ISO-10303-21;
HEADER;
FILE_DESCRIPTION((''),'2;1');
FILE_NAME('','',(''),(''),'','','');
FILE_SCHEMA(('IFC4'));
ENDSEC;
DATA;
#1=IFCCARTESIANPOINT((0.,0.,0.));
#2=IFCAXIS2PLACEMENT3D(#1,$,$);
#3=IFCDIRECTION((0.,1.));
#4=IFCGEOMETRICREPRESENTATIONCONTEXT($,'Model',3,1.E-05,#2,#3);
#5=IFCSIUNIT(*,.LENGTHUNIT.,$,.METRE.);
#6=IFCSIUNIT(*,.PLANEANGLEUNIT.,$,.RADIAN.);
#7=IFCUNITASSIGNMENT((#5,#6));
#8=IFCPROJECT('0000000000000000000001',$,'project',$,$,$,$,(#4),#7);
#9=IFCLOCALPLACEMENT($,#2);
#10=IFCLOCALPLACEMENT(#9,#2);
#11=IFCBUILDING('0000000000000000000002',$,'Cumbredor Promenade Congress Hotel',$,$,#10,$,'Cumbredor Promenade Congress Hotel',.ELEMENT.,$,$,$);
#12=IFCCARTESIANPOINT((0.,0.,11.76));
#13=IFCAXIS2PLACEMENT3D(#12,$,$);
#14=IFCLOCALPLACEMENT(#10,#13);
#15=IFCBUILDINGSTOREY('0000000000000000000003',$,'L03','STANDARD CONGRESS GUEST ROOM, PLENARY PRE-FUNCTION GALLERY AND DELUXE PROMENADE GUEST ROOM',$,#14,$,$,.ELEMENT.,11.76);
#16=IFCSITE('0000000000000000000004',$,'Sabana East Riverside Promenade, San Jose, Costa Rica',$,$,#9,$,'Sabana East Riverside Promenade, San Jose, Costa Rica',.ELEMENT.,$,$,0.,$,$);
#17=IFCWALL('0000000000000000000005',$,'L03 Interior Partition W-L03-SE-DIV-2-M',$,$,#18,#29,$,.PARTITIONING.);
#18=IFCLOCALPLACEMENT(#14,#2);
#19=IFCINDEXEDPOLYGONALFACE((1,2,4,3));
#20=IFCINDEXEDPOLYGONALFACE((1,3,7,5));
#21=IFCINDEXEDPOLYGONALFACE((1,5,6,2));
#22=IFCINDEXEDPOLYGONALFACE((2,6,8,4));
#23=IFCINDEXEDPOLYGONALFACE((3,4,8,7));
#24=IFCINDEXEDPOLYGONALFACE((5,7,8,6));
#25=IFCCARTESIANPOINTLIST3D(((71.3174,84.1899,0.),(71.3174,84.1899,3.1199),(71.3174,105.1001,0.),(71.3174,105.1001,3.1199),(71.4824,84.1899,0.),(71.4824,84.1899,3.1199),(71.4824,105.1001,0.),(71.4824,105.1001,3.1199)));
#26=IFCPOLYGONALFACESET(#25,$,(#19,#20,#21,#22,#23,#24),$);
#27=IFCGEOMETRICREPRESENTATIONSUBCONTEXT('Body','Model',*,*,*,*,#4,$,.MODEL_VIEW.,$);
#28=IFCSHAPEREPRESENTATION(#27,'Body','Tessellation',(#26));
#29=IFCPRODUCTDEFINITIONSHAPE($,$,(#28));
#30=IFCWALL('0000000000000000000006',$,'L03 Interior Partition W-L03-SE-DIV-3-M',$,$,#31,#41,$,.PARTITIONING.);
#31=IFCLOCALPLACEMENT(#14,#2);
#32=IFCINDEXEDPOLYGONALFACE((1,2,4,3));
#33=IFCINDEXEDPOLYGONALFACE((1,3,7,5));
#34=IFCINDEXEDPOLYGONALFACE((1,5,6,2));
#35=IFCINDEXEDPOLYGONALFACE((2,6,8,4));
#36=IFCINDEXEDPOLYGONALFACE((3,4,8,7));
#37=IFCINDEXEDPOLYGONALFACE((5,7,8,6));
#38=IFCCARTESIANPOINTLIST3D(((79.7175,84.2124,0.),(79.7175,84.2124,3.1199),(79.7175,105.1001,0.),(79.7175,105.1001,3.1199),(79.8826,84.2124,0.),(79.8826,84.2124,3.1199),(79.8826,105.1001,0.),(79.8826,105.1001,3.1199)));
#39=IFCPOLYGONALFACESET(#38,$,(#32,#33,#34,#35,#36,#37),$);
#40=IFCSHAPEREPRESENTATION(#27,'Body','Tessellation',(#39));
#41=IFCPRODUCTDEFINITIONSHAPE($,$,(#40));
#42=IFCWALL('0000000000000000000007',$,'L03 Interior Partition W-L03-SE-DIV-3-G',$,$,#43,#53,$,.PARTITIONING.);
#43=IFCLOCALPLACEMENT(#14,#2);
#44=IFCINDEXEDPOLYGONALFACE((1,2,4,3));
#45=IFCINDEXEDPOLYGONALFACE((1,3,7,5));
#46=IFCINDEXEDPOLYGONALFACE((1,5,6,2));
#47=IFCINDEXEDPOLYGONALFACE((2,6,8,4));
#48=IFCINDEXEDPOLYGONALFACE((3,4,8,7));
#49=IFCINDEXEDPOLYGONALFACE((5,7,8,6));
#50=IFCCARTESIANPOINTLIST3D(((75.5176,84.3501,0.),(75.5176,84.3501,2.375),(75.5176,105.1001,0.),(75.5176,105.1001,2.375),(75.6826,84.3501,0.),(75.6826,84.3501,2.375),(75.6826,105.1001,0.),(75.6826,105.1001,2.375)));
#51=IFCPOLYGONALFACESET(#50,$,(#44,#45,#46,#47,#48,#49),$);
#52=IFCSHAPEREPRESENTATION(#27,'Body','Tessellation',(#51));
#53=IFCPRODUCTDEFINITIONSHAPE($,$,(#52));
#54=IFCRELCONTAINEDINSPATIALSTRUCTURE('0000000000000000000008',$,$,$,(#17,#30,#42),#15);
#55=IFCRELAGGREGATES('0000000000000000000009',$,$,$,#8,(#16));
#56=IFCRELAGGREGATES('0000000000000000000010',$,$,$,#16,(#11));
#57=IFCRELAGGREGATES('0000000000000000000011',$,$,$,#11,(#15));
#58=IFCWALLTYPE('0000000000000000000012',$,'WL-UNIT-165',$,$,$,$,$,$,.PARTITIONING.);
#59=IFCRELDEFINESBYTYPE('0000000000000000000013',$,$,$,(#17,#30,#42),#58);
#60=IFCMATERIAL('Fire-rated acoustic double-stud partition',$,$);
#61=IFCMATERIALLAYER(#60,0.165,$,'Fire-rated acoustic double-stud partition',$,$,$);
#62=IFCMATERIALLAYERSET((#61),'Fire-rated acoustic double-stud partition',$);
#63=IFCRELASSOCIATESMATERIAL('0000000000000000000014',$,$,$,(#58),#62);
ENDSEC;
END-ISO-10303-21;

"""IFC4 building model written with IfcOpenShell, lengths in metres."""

from ifc_helpers import new_model, si_unit, direction, frame, frame_2d, origin, place, context, subcontext, project, spatial, rectangle, extrude, material, layer, layer_set, type_object, element, save


model = new_model("IFC4")

# Units and contexts
model_context = context("Model", 3, precision=1e-05, world=origin(), true_north=direction((0.0, 1.0)))
body_context = subcontext(model_context, "Body", "Model", "MODEL_VIEW")
ifc_project = project(units=[si_unit("LENGTHUNIT", "METRE"), si_unit("PLANEANGLEUNIT", "RADIAN")], contexts=[model_context])

# Site, building, storey
site_placement = place(None, origin())
site = spatial("IfcSite", under=ifc_project, at=site_placement, Name="Sabana East Riverside Promenade, San Jose, Costa Rica", LongName="Sabana East Riverside Promenade, San Jose, Costa Rica", CompositionType="ELEMENT", RefElevation=0.0)
building_placement = place(site_placement, origin())
building = spatial("IfcBuilding", under=site, at=building_placement, Name="Cumbredor Promenade Congress Hotel", LongName="Cumbredor Promenade Congress Hotel", CompositionType="ELEMENT")
storey_placement = place(building_placement, frame((0.0, 0.0, 11.76)))
storey = spatial("IfcBuildingStorey", under=building, at=storey_placement, Name="L03", Description="STANDARD CONGRESS GUEST ROOM, PLENARY PRE-FUNCTION GALLERY AND DELUXE PROMENADE GUEST ROOM", CompositionType="ELEMENT", Elevation=11.76)

# Walls
ifc_material_1 = material(Name="Fire-rated acoustic double-stud partition")
ifc_layer_1 = layer(ifc_material_1, 0.165, Name="Fire-rated acoustic double-stud partition")
ifc_layer_set_1 = layer_set([ifc_layer_1], Name="Fire-rated acoustic double-stud partition")
wall_type_1 = type_object("IfcWallType", Name="WL-UNIT-165", PredefinedType="PARTITIONING", material=ifc_layer_set_1)
wall_1_placement = place(storey_placement, frame((71.3999, 84.1899, 0.0), z_axis=(0.0, 0.0, 1.0), x_axis=(0.0, 1.0, 0.0)))
element("IfcWall", 1, at=wall_1_placement, inside=storey, type_object=wall_type_1, Name="L03 Interior Partition W-L03-SE-DIV-2-M", PredefinedType="PARTITIONING", context=body_context, shape_type="SweptSolid", body=[
    extrude(rectangle(XDim=20.9102, YDim=0.165, at=frame_2d((10.4551, 0.0))), origin(), (0.0, 0.0, 1.0), 3.1199),
])
wall_2_placement = place(storey_placement, frame((79.8, 84.2124, 0.0), z_axis=(0.0, 0.0, 1.0), x_axis=(0.0, 1.0, 0.0)))
element("IfcWall", 2, at=wall_2_placement, inside=storey, type_object=wall_type_1, Name="L03 Interior Partition W-L03-SE-DIV-3-M", PredefinedType="PARTITIONING", context=body_context, shape_type="SweptSolid", body=[
    extrude(rectangle(XDim=20.8877, YDim=0.165, at=frame_2d((10.4438, 0.0))), origin(), (0.0, 0.0, 1.0), 3.1199),
])
wall_3_placement = place(storey_placement, frame((75.6001, 84.3501, 0.0), z_axis=(0.0, 0.0, 1.0), x_axis=(0.0, 1.0, 0.0)))
element("IfcWall", 3, at=wall_3_placement, inside=storey, type_object=wall_type_1, Name="L03 Interior Partition W-L03-SE-DIV-3-G", PredefinedType="PARTITIONING", context=body_context, shape_type="SweptSolid", body=[
    extrude(rectangle(XDim=20.75, YDim=0.165, at=frame_2d((10.375, 0.0))), origin(), (0.0, 0.0, 1.0), 2.375),
])

save(model, "model.ifc")
